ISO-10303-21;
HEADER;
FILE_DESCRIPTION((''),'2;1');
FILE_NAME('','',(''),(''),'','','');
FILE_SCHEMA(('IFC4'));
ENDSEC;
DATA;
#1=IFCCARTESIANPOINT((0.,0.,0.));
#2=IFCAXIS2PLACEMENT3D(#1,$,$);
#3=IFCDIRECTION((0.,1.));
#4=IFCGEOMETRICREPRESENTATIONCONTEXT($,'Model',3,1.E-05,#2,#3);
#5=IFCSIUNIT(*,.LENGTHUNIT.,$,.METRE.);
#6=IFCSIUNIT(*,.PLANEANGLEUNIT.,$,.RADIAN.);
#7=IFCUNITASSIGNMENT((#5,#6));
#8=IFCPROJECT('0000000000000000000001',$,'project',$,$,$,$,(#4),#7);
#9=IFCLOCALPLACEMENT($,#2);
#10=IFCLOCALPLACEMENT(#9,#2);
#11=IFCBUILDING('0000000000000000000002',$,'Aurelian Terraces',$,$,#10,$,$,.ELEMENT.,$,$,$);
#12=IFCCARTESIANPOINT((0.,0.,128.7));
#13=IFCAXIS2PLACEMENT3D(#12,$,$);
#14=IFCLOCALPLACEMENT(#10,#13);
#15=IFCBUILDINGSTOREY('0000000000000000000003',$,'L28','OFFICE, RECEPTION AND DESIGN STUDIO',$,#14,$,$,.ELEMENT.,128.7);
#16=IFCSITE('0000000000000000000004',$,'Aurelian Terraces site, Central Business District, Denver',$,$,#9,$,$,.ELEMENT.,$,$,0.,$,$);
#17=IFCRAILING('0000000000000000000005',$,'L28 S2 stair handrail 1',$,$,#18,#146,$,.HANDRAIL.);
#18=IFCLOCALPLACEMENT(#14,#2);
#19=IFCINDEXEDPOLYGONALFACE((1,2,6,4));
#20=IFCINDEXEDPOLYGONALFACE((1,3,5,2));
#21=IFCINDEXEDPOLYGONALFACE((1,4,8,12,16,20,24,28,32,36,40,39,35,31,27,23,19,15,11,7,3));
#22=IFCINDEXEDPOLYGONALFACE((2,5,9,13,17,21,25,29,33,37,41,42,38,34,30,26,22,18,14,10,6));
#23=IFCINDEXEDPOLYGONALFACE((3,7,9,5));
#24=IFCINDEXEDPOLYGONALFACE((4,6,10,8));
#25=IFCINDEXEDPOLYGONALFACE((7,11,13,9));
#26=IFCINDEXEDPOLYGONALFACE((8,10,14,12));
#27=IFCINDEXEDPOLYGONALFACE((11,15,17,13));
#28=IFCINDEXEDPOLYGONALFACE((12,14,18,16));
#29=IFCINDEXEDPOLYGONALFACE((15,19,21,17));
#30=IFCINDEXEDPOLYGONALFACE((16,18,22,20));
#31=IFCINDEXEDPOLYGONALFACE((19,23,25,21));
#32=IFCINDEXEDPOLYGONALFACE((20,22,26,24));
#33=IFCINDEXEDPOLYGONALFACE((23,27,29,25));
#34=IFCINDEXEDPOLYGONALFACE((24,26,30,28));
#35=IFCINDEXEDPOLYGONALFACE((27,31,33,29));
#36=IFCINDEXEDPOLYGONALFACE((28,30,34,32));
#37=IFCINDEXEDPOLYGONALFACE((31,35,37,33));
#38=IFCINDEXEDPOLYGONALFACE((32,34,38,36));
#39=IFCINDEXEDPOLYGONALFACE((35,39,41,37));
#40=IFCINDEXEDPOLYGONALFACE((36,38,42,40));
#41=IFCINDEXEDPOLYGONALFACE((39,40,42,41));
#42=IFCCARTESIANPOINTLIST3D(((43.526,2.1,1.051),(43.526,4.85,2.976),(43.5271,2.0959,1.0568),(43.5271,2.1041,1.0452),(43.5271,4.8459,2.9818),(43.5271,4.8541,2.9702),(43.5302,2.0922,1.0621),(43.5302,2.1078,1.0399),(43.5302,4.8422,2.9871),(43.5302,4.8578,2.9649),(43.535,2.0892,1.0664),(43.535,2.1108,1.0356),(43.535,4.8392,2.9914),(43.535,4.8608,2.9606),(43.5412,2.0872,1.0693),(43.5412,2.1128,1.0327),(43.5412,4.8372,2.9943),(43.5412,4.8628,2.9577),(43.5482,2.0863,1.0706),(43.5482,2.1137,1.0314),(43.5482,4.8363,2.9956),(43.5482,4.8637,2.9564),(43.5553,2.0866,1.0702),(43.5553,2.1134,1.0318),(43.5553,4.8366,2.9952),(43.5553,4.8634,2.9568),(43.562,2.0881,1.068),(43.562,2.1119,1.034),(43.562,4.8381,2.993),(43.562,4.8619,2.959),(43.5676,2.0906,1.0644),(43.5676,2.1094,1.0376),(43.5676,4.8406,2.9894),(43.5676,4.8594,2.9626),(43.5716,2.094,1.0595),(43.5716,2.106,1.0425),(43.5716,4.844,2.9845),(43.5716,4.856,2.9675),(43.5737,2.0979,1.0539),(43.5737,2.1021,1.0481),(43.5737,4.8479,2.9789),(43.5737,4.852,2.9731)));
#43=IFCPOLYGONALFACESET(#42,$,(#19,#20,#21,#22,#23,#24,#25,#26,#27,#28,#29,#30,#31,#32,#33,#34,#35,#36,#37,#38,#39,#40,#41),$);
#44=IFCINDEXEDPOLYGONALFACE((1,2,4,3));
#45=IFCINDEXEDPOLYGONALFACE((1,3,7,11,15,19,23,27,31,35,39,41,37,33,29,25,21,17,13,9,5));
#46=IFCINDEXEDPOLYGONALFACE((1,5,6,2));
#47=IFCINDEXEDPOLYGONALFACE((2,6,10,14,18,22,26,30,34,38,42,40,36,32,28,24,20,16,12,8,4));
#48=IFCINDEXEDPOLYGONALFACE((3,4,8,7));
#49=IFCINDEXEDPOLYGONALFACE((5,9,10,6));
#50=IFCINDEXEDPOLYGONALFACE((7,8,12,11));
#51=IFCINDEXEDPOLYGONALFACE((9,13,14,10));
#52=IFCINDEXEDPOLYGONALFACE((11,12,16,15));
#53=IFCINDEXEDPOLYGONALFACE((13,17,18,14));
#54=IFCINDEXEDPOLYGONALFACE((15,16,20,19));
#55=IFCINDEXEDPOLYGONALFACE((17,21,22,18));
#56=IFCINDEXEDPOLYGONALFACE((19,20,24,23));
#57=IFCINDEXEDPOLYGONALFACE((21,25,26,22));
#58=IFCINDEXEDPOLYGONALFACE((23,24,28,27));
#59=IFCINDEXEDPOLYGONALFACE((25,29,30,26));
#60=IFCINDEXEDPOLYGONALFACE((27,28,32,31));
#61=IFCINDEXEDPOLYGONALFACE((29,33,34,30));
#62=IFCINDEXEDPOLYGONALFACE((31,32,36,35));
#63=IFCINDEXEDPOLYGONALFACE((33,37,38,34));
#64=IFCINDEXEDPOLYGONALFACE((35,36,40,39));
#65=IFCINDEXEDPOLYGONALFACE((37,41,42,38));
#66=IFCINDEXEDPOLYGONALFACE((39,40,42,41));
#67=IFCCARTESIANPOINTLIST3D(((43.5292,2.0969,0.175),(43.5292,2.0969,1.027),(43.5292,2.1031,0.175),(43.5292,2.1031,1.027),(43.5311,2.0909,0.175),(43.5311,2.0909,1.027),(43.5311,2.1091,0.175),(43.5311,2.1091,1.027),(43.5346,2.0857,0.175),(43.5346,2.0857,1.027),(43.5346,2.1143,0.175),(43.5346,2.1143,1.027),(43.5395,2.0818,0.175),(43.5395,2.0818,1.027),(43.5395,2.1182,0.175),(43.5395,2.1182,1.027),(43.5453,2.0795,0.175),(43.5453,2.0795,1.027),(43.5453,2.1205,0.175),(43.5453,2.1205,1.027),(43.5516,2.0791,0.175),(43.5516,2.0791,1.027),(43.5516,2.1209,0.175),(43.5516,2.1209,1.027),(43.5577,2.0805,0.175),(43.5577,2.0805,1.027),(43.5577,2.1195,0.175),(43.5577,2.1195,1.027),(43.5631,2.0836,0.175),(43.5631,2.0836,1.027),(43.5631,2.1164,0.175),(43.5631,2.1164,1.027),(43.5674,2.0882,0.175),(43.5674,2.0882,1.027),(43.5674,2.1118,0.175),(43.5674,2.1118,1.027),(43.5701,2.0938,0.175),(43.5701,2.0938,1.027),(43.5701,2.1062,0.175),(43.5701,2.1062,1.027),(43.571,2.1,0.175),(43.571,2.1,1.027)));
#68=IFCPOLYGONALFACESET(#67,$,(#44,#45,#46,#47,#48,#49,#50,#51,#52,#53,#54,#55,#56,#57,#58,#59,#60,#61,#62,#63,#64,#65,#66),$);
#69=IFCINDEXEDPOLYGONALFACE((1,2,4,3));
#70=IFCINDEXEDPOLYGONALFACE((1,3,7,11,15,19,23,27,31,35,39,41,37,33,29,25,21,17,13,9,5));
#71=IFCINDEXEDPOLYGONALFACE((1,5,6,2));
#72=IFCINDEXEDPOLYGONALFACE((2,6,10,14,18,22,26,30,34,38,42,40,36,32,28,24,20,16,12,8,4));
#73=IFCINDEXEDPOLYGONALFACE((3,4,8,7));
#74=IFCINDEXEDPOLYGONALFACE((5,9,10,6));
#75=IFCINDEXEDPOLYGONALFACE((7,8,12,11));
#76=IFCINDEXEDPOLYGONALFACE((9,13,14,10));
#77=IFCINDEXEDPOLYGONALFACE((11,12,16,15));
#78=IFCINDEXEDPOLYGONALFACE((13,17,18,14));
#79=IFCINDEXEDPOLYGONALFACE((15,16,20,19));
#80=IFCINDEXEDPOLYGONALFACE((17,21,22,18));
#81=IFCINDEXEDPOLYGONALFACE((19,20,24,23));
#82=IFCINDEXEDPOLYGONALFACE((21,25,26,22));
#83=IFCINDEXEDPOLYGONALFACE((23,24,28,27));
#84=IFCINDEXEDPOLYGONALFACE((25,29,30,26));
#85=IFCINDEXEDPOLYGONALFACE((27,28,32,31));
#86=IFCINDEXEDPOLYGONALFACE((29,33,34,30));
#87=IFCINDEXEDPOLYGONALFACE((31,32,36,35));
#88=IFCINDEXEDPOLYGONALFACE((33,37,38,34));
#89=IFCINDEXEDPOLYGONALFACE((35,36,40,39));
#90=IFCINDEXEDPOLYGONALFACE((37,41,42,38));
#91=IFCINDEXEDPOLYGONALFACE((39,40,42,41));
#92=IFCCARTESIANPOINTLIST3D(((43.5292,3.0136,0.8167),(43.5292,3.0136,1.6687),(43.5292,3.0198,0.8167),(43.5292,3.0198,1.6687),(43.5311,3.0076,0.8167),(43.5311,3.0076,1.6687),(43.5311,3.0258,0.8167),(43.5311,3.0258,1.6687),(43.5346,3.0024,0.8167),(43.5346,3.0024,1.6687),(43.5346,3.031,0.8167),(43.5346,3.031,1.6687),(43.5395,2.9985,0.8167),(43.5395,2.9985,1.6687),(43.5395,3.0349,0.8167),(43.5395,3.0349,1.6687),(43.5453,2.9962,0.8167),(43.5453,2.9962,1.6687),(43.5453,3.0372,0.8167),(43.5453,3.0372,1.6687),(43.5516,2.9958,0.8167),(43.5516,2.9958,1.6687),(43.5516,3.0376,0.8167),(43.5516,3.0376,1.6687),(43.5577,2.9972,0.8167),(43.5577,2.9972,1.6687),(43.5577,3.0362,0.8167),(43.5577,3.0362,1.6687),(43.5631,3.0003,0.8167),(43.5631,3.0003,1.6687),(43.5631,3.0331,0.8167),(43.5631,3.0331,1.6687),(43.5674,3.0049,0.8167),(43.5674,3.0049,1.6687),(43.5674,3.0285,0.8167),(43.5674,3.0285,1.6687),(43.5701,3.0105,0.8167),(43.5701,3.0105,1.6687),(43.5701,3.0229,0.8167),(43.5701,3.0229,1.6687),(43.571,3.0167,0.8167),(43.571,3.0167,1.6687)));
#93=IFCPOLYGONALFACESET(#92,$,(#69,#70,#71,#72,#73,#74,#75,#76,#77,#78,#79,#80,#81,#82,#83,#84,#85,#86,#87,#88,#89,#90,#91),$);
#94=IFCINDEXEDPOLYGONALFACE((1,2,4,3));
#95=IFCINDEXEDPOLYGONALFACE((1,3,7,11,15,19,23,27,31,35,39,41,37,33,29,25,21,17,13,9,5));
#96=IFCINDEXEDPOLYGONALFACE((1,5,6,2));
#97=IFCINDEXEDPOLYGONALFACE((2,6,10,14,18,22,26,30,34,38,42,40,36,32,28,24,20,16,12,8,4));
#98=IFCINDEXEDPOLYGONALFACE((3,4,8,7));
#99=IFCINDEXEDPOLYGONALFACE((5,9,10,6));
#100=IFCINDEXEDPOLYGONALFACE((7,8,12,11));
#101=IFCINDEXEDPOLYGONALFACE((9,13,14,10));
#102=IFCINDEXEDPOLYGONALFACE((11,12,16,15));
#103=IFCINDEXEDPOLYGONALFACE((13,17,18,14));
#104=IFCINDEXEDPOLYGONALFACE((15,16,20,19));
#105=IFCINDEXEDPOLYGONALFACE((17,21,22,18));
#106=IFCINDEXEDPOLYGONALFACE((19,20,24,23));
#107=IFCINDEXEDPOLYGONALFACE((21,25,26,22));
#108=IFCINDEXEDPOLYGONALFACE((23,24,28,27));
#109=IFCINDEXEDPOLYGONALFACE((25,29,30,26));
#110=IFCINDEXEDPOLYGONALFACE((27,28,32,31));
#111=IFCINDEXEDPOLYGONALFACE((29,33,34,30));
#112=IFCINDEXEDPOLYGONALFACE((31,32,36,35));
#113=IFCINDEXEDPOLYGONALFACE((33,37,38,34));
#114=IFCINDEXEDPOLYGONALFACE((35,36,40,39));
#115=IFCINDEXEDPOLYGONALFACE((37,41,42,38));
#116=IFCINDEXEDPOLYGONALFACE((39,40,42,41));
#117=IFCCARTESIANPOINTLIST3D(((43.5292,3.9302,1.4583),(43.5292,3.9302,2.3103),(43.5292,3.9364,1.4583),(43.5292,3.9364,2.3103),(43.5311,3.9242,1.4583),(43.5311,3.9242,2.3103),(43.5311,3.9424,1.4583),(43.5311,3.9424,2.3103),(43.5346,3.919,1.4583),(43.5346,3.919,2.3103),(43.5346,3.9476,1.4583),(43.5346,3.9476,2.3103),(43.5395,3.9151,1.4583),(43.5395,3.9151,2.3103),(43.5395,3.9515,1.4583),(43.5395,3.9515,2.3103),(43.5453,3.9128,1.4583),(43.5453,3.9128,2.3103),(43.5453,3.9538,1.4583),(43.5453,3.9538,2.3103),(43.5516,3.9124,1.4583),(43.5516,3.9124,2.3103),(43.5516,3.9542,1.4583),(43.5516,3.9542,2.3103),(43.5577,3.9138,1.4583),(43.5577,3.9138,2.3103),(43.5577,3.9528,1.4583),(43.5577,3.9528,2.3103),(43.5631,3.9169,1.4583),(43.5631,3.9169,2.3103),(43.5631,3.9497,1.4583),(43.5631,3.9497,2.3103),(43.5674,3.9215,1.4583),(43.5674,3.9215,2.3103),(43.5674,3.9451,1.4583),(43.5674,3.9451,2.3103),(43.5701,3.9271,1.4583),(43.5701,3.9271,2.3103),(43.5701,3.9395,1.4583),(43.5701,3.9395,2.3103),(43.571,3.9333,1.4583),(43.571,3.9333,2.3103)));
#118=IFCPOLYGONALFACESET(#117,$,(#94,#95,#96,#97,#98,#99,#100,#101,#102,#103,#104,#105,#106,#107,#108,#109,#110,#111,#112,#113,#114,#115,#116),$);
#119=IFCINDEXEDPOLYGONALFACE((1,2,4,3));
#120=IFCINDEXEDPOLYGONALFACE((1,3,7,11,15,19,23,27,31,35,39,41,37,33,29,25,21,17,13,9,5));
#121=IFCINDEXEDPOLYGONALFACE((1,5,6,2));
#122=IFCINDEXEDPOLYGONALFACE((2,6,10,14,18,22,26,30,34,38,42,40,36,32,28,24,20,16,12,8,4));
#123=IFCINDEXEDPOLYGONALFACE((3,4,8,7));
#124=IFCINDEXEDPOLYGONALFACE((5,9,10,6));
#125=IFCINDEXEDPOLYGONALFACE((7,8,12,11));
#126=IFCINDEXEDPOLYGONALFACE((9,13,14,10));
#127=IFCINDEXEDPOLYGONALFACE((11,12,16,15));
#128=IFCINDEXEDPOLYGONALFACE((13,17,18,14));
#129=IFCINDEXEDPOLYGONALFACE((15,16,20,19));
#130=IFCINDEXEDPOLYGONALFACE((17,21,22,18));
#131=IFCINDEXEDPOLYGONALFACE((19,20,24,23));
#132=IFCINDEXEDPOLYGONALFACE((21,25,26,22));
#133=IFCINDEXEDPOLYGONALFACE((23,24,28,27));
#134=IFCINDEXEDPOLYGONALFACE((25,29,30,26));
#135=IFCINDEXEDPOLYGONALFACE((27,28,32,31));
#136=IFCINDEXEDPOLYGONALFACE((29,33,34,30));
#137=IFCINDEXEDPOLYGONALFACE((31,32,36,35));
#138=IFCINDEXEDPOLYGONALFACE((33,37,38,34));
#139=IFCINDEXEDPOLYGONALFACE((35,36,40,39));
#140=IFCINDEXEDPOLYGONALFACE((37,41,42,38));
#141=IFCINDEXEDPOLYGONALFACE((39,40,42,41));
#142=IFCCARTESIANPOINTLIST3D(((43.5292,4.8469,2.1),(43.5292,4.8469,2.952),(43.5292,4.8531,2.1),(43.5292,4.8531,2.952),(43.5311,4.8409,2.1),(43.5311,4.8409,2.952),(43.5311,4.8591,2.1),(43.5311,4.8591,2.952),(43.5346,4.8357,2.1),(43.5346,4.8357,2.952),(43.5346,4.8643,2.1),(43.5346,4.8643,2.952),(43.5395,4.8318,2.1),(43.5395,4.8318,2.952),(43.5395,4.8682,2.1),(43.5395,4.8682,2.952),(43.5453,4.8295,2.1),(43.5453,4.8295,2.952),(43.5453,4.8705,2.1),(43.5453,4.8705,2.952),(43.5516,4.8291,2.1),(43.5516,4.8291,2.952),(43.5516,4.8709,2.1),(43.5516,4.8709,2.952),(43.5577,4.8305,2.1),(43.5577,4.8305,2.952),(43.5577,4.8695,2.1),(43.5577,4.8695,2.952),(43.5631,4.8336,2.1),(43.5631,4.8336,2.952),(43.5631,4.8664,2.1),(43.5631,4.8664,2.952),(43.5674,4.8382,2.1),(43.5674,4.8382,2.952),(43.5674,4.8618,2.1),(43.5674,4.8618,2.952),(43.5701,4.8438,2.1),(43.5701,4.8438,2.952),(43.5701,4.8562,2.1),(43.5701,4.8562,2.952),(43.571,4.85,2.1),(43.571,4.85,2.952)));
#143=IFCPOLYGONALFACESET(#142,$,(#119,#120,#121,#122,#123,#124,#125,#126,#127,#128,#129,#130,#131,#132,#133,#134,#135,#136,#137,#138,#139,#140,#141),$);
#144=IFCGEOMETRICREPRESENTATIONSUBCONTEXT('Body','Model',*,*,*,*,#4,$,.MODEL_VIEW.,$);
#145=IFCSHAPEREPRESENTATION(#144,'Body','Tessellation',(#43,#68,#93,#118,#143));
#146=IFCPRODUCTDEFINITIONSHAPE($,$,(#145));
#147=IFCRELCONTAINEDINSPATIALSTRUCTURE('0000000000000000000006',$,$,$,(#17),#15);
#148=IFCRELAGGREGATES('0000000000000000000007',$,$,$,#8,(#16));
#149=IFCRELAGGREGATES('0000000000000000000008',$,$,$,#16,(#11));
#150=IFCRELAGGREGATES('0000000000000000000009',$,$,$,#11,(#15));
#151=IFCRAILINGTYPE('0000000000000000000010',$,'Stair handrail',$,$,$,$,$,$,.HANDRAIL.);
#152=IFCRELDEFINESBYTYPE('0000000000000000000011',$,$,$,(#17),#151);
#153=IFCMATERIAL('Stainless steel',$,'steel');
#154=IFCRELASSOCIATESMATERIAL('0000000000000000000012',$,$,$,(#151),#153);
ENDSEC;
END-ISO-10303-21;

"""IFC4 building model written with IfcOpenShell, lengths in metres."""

from ifc_helpers import new_model, si_unit, direction, frame, origin, origin_2d, place, context, subcontext, project, spatial, circle, extrude, source, transform, mapped, material, type_object, element, save


model = new_model("IFC4")

# Units and contexts
model_context = context("Model", 3, precision=1e-05, world=origin(), true_north=direction((0.0, 1.0)))
body_context = subcontext(model_context, "Body", "Model", "MODEL_VIEW")
ifc_project = project(units=[si_unit("LENGTHUNIT", "METRE"), si_unit("PLANEANGLEUNIT", "RADIAN")], contexts=[model_context])

# Site, building, storey
site_placement = place(None, origin())
site = spatial("IfcSite", under=ifc_project, at=site_placement, Name="Aurelian Terraces site, Central Business District, Denver", CompositionType="ELEMENT", RefElevation=0.0)
building_placement = place(site_placement, origin())
building = spatial("IfcBuilding", under=site, at=building_placement, Name="Aurelian Terraces", CompositionType="ELEMENT")
storey_placement = place(building_placement, frame((0.0, 0.0, 128.7)))
storey = spatial("IfcBuildingStorey", under=building, at=storey_placement, Name="L28", Description="OFFICE, RECEPTION AND DESIGN STUDIO", CompositionType="ELEMENT", Elevation=128.7)

# Railing
ifc_material_1 = material(Name="Stainless steel", Category="steel")
railing_type_1 = type_object("IfcRailingType", Name="Stair handrail", PredefinedType="HANDRAIL", material=ifc_material_1)
shared_shape_1 = source(origin(), body_context, "Body", "SweptSolid", [
    extrude(circle(Radius=0.024, at=origin_2d()), frame((0.0, 0.0, 0.876), z_axis=(0.0, 0.819232, 0.573462), x_axis=(-1.0, 0.0, 0.0)), (0.0, 0.0, 1.0), 3.3568),
    extrude(circle(Radius=0.021, at=origin_2d()), origin(), (0.0, 0.0, 1.0), 0.852),
    extrude(circle(Radius=0.021, at=origin_2d()), frame((0.0, 0.9167, 0.6417)), (0.0, 0.0, 1.0), 0.852),
    extrude(circle(Radius=0.021, at=origin_2d()), frame((0.0, 1.8333, 1.2833)), (0.0, 0.0, 1.0), 0.852),
    extrude(circle(Radius=0.021, at=origin_2d()), frame((0.0, 2.75, 1.925)), (0.0, 0.0, 1.0), 0.852),
])
railing_1_placement = place(storey_placement, frame((43.55, 2.1, 0.175)))
element("IfcRailing", 1, at=railing_1_placement, inside=storey, type_object=railing_type_1, Name="L28 S2 stair handrail 1", PredefinedType="HANDRAIL", context=body_context, shape_type="MappedRepresentation", body=[
    mapped(shared_shape_1, transform((0.0, 0.0, 0.0), scale=1.0)),
])

save(model, "model.ifc")
